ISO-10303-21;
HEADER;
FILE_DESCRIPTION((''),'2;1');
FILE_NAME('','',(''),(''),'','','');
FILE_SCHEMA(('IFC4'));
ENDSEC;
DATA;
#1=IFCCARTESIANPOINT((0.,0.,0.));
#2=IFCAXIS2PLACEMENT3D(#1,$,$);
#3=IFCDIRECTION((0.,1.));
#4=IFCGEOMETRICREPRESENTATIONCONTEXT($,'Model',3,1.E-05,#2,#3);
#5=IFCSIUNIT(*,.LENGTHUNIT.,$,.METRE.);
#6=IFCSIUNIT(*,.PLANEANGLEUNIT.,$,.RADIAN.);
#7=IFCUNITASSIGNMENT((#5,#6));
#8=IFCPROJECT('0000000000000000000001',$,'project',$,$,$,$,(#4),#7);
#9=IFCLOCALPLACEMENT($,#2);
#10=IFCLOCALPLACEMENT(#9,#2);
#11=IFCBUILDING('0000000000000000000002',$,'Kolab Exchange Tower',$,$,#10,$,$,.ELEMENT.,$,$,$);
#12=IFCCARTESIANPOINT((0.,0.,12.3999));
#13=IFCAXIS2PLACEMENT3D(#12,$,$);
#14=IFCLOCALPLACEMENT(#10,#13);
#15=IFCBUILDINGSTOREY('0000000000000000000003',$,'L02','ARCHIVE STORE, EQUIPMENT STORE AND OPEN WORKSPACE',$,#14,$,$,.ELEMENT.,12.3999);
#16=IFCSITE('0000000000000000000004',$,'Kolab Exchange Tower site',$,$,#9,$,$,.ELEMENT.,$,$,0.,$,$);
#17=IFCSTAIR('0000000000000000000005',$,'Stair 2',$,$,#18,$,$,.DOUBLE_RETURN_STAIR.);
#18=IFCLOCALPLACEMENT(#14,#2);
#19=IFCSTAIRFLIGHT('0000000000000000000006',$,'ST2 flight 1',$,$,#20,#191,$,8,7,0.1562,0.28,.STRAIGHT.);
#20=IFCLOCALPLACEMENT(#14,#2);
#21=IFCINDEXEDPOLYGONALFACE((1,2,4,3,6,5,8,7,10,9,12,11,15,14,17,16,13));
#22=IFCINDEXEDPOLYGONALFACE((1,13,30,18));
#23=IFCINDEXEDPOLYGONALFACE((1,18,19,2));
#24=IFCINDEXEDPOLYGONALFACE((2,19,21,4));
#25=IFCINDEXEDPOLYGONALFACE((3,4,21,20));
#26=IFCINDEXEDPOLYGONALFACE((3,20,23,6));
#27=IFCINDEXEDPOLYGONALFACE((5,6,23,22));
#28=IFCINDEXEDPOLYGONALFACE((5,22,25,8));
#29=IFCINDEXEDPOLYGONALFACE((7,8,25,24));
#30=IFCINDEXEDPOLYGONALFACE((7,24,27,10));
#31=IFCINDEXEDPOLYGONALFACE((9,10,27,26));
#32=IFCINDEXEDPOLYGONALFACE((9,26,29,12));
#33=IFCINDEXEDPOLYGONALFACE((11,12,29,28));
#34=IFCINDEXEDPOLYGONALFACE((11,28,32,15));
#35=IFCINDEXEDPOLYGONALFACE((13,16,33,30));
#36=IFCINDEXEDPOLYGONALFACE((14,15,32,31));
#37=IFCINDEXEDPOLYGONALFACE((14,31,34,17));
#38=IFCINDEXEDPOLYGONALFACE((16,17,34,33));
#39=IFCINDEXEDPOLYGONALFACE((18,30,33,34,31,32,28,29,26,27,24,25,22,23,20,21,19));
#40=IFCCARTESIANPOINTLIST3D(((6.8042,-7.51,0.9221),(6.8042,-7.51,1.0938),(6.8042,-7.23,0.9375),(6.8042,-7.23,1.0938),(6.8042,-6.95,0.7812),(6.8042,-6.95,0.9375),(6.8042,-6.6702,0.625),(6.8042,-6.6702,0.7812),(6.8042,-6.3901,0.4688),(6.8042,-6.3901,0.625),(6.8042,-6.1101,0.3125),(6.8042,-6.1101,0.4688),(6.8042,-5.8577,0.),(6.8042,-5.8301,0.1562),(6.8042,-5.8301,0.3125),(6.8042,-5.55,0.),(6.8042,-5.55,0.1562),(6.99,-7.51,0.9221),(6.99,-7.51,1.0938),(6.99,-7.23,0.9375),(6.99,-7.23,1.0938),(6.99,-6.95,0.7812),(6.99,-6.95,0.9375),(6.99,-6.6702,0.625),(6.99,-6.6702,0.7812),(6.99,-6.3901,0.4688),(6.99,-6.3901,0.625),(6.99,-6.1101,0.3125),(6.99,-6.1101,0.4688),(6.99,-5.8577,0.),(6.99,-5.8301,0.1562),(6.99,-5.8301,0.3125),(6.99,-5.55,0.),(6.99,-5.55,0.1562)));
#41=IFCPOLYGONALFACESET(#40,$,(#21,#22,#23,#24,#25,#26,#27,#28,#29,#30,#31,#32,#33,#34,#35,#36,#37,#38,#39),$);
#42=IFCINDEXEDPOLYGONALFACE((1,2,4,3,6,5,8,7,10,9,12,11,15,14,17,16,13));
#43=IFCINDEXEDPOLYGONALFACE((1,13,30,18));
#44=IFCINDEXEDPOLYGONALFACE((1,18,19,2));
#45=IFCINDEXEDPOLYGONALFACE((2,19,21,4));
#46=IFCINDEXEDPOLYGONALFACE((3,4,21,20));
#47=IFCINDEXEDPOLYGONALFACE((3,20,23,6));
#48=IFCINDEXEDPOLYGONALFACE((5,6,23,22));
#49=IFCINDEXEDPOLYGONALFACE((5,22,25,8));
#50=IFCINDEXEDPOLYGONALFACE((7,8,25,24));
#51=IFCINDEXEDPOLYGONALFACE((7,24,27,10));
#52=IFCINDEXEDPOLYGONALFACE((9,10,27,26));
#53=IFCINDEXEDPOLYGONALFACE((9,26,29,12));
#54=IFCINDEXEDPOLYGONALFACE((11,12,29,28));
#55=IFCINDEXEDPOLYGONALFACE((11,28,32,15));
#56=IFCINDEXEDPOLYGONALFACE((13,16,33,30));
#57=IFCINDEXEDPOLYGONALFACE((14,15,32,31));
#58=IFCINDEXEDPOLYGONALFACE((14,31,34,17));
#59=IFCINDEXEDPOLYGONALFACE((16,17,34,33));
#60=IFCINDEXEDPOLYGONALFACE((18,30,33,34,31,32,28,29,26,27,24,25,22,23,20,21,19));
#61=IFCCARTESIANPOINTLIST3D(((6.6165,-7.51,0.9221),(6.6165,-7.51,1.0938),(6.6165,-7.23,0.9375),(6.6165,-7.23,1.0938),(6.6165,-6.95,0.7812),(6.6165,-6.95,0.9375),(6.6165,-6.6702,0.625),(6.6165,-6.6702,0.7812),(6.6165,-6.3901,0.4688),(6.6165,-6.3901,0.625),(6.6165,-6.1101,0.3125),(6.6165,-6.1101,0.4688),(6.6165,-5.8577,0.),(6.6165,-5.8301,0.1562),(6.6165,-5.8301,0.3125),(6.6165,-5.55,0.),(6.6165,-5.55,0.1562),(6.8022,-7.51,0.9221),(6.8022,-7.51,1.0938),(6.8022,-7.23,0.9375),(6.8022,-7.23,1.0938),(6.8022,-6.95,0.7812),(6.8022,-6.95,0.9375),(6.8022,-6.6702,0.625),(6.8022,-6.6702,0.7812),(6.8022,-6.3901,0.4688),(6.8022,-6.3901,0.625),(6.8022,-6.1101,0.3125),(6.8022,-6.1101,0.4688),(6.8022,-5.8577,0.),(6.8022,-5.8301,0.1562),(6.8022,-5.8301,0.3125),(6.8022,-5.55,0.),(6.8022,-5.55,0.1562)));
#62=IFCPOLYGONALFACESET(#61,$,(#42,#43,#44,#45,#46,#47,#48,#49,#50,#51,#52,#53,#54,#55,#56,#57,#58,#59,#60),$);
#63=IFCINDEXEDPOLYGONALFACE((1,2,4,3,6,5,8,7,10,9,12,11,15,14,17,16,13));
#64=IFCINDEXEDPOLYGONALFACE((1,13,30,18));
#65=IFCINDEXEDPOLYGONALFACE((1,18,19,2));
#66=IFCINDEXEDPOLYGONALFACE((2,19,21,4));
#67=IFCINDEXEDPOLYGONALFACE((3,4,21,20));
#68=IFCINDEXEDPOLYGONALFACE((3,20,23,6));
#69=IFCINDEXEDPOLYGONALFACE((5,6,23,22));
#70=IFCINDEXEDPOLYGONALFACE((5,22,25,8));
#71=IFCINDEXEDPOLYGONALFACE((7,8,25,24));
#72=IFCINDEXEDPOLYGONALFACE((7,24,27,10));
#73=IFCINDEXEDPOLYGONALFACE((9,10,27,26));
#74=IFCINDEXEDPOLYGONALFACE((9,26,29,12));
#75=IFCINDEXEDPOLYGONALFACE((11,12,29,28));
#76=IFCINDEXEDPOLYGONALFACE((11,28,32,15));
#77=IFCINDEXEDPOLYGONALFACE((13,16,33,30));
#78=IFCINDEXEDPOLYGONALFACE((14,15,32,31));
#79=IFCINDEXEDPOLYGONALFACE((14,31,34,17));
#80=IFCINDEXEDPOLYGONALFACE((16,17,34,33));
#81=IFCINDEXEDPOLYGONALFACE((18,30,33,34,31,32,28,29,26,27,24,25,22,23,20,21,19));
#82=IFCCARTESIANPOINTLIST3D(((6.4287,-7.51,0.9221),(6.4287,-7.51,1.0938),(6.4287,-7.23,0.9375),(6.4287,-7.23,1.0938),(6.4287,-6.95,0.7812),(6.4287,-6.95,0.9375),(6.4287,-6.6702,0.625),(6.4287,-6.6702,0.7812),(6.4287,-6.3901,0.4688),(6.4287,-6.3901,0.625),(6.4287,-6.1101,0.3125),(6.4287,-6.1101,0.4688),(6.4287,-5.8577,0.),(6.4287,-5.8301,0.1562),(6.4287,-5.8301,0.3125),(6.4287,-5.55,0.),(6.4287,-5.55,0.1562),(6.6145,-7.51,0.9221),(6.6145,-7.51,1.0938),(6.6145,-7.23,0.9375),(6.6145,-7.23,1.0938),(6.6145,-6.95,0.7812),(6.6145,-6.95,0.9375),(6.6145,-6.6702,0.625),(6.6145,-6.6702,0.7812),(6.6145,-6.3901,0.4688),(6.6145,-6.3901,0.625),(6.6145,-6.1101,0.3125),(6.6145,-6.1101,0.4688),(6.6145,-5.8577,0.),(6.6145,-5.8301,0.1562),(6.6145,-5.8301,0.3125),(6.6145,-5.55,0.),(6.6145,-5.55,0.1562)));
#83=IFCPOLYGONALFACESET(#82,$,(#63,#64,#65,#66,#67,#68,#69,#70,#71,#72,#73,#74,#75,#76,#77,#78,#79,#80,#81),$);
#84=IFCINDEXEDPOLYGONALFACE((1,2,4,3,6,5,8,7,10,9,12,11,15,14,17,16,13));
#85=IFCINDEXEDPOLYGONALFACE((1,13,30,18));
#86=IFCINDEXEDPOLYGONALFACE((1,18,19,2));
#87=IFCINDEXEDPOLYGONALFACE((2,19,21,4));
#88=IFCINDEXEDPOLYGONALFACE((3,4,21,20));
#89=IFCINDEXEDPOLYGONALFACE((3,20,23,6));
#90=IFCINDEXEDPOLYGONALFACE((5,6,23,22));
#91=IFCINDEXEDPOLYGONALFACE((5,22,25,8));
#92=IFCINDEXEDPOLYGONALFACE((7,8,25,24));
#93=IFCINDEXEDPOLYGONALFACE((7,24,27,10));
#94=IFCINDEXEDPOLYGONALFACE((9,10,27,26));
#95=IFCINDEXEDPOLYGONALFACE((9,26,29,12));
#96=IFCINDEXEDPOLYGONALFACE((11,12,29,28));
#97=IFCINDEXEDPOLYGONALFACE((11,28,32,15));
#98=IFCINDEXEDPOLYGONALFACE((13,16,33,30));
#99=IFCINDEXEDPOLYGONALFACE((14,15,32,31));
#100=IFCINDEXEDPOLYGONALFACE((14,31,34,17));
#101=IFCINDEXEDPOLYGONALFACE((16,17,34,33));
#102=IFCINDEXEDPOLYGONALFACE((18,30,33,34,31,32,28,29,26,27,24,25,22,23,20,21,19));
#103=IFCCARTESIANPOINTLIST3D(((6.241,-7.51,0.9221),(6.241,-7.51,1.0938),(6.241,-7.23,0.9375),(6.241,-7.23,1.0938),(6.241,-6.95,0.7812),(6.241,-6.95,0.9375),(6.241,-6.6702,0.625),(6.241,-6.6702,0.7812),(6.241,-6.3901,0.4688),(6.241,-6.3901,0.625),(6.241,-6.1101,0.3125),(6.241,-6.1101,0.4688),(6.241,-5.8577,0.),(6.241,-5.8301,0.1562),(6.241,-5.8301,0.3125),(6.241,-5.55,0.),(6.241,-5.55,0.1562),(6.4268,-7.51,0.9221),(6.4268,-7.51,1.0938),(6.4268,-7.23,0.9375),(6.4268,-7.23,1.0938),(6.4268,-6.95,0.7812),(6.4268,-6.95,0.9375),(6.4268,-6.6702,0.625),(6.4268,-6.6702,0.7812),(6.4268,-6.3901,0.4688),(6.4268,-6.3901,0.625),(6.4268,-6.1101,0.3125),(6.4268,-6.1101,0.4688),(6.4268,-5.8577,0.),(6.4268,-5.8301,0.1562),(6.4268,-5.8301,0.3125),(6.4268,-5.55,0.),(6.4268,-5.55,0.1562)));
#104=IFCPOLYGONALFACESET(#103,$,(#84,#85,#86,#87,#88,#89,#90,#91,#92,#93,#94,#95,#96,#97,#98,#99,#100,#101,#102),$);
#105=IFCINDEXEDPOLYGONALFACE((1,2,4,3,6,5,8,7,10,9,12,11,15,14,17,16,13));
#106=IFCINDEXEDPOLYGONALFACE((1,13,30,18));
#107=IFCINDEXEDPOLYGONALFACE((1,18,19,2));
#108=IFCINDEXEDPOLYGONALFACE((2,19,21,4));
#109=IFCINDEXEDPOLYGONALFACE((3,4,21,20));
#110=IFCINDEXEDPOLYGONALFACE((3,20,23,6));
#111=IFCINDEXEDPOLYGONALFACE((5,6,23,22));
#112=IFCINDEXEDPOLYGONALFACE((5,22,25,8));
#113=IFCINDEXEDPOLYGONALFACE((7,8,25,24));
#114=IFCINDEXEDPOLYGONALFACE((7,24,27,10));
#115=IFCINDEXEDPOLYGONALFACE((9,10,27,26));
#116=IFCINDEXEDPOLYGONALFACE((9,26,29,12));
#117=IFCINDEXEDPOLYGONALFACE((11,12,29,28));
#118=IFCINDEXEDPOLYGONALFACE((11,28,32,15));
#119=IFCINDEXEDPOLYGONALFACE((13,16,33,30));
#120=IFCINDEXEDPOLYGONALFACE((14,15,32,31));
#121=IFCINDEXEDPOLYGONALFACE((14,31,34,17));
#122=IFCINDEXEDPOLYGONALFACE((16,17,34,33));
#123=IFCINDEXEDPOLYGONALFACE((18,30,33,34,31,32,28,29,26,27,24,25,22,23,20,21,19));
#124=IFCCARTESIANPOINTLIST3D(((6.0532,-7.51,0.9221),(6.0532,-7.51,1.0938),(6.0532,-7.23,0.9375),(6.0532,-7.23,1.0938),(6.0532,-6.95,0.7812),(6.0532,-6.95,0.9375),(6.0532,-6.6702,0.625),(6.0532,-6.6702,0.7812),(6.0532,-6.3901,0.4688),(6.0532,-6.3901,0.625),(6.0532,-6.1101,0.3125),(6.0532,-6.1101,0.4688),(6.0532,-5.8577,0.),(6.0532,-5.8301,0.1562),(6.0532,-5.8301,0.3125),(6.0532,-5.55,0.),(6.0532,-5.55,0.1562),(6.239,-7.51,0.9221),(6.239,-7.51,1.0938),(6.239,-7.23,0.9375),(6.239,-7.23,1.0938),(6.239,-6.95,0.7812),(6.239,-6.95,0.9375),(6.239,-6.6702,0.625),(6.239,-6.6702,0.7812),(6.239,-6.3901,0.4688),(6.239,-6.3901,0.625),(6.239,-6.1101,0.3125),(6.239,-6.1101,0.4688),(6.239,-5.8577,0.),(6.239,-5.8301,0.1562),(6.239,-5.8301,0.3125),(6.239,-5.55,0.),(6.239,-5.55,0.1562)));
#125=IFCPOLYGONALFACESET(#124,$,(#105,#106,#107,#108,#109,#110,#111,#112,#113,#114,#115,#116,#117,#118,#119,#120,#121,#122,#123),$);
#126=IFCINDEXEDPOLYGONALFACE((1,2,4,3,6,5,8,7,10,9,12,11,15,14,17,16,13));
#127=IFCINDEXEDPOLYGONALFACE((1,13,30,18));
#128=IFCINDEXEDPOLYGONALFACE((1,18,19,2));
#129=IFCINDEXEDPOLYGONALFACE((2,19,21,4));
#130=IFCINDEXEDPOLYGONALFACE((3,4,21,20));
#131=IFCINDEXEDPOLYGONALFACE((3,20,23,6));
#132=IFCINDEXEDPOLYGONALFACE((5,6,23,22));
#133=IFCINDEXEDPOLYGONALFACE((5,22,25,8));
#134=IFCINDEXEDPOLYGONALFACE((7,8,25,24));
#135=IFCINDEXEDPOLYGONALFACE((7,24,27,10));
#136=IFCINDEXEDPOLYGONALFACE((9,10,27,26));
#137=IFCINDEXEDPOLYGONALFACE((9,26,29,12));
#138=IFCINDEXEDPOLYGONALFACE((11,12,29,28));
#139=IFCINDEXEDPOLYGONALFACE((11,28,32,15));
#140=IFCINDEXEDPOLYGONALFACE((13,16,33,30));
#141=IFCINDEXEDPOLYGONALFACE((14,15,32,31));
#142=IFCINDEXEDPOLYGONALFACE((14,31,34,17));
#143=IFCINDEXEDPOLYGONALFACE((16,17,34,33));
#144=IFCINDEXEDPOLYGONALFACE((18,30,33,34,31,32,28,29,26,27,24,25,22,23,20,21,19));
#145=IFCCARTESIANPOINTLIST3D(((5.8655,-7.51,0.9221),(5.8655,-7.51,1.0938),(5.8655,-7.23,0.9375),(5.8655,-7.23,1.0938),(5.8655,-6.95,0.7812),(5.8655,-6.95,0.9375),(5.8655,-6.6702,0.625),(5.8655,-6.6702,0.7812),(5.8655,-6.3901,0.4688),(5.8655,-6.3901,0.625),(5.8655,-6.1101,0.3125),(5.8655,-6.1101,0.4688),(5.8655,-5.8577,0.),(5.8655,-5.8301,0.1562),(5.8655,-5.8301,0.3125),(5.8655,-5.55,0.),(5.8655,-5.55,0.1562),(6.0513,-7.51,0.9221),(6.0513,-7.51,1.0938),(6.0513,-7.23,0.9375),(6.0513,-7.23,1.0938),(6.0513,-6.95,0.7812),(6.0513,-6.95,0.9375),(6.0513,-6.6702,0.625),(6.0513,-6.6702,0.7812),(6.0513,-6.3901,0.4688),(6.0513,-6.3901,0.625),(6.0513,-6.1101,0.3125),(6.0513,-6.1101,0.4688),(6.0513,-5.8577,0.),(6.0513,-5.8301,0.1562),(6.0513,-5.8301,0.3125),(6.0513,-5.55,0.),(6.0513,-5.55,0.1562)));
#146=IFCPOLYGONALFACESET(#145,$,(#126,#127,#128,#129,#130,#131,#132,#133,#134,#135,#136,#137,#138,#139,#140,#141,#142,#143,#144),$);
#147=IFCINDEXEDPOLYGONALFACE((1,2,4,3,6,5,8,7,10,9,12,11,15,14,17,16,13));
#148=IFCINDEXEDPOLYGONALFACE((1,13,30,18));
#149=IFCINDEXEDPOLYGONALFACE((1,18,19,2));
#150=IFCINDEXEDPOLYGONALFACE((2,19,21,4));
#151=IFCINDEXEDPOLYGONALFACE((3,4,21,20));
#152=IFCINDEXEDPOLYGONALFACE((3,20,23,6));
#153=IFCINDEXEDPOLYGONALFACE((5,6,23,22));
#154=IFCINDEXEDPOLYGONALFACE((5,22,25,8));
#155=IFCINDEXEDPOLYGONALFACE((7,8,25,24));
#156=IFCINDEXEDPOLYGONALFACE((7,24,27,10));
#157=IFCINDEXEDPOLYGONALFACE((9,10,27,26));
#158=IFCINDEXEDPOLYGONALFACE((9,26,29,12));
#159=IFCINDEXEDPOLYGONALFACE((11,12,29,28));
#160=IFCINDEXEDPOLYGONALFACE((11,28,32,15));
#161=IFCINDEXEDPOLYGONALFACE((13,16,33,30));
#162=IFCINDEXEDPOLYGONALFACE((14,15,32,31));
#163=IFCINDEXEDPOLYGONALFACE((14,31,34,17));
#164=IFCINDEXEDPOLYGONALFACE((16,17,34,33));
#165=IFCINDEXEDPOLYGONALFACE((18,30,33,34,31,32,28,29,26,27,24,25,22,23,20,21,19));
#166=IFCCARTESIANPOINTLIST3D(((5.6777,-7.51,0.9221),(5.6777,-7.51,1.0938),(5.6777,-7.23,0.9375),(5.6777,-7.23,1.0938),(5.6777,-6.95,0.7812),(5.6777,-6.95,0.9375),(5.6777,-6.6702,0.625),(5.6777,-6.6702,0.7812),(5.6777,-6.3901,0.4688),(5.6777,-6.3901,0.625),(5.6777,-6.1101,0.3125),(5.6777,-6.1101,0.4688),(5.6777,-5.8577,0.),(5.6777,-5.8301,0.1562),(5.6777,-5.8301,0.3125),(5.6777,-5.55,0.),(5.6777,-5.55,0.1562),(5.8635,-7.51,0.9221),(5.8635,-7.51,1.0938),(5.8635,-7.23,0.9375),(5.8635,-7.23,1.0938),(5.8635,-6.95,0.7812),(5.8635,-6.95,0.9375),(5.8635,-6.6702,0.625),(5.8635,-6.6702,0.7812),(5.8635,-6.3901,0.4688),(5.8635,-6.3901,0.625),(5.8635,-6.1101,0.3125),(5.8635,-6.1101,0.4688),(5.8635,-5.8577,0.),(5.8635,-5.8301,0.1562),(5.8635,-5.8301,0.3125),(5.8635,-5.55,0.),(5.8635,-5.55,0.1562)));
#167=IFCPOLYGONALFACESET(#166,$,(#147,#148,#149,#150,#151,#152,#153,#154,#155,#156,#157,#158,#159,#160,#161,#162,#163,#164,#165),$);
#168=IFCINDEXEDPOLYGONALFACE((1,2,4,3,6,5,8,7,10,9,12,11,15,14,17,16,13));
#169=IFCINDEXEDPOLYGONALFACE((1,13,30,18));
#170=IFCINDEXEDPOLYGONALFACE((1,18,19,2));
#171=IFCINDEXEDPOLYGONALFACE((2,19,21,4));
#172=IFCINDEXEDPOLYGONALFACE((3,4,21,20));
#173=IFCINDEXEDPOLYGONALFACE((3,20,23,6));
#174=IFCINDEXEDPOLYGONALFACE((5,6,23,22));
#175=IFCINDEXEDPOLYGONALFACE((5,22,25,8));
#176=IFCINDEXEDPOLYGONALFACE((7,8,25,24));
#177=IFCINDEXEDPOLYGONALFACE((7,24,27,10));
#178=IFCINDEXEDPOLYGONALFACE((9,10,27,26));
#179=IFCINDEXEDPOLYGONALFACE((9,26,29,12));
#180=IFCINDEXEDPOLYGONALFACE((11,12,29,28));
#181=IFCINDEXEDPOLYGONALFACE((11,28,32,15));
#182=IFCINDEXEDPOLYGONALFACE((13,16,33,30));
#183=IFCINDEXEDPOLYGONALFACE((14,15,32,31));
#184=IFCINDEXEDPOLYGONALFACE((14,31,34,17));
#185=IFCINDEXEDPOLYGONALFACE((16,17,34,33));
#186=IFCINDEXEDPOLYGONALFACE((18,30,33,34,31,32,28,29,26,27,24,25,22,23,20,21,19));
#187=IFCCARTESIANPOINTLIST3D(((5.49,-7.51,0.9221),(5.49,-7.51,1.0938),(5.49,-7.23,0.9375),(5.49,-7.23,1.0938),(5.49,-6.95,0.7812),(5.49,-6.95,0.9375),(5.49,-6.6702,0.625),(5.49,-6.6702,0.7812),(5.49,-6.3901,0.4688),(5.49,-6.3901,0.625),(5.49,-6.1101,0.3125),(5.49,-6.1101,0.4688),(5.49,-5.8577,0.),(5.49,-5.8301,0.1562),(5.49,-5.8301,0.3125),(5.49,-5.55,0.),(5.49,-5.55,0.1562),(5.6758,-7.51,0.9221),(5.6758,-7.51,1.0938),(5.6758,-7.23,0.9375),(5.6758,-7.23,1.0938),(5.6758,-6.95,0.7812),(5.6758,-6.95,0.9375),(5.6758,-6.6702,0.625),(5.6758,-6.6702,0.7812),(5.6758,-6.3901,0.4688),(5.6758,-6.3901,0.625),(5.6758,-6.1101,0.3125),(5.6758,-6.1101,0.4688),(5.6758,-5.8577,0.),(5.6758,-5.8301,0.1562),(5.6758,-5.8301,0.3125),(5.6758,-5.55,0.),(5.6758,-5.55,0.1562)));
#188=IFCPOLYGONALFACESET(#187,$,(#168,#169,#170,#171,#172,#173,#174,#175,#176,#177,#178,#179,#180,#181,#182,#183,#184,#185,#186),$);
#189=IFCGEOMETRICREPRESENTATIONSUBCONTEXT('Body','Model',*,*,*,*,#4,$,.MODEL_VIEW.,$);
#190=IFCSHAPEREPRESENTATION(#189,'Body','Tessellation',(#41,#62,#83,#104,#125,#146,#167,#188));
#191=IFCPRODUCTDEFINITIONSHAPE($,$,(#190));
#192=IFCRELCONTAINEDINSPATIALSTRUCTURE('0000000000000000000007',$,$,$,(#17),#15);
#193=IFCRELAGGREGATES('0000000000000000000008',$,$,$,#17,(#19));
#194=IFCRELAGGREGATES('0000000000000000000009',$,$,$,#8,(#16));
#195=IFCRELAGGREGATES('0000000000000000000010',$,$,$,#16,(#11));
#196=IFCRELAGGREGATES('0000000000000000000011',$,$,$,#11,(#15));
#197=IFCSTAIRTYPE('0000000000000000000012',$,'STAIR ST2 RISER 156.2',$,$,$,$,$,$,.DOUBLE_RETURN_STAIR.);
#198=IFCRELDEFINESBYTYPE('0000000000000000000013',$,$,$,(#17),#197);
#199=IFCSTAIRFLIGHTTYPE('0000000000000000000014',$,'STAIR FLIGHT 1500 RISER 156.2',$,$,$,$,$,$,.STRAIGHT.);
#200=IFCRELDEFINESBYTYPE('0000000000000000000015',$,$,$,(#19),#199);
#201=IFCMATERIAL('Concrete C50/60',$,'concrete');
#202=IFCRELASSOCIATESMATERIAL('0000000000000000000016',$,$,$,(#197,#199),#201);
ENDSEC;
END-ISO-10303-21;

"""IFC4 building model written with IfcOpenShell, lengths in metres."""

from ifc_helpers import new_model, si_unit, direction, frame, origin, place, context, subcontext, project, spatial, polyline, outline, extrude, material, type_object, element, aggregate, save


model = new_model("IFC4")

# Units and contexts
model_context = context("Model", 3, precision=1e-05, world=origin(), true_north=direction((0.0, 1.0)))
body_context = subcontext(model_context, "Body", "Model", "MODEL_VIEW")
ifc_project = project(units=[si_unit("LENGTHUNIT", "METRE"), si_unit("PLANEANGLEUNIT", "RADIAN")], contexts=[model_context])

# Site, building, storey
site_placement = place(None, origin())
site = spatial("IfcSite", under=ifc_project, at=site_placement, Name="Kolab Exchange Tower site", CompositionType="ELEMENT", RefElevation=0.0)
building_placement = place(site_placement, origin())
building = spatial("IfcBuilding", under=site, at=building_placement, Name="Kolab Exchange Tower", CompositionType="ELEMENT")
storey_placement = place(building_placement, frame((0.0, 0.0, 12.3999)))
storey = spatial("IfcBuildingStorey", under=building, at=storey_placement, Name="L02", Description="ARCHIVE STORE, EQUIPMENT STORE AND OPEN WORKSPACE", CompositionType="ELEMENT", Elevation=12.3999)

# Shared definitions
ifc_material_1 = material(Name="Concrete C50/60", Category="concrete")

# Stair, stair flight
stair_type = type_object("IfcStairType", Name="STAIR ST2 RISER 156.2", PredefinedType="DOUBLE_RETURN_STAIR", material=ifc_material_1)
stair_placement = place(storey_placement, origin())
stair = element("IfcStair", 1, at=stair_placement, inside=storey, type_object=stair_type, Name="Stair 2", PredefinedType="DOUBLE_RETURN_STAIR")
stair_flight_type = type_object("IfcStairFlightType", Name="STAIR FLIGHT 1500 RISER 156.2", PredefinedType="STRAIGHT", material=ifc_material_1)
stair_flight_1_placement = place(storey_placement, frame((6.24, -5.55, 0.0), z_axis=(0.0, 0.0, 1.0), x_axis=(0.0, -1.0, 0.0)))
stair_flight_1 = element("IfcStairFlight", 2, at=stair_flight_1_placement, type_object=stair_flight_type, Name="ST2 flight 1", NumberOfRisers=8, NumberOfTreads=7, PredefinedType="STRAIGHT", RiserHeight=0.1562, TreadLength=0.28, context=body_context, shape_type="SweptSolid", body=[
    extrude(outline(polyline([(0.0, 0.0), (0.0, 0.1562), (0.28, 0.1562), (0.28, 0.3125), (0.5601, 0.3125), (0.5601, 0.4688), (0.8401, 0.4688), (0.8401, 0.625), (1.1201, 0.625), (1.1201, 0.7812), (1.3999, 0.7812), (1.3999, 0.9375), (1.6799, 0.9375), (1.6799, 1.0938), (1.96, 1.0938), (1.96, 1.25), (1.96, 0.9221), (0.3076, 0.0), (0.0, 0.0)])), frame((0.0, 0.75, 0.0), z_axis=(0.0, -1.0, 0.0), x_axis=(1.0, 0.0, 0.0)), (0.0, 0.0, 1.0), 0.1858),
    extrude(outline(polyline([(0.0, 0.0), (0.0, 0.1562), (0.28, 0.1562), (0.28, 0.3125), (0.5601, 0.3125), (0.5601, 0.4688), (0.8401, 0.4688), (0.8401, 0.625), (1.1201, 0.625), (1.1201, 0.7812), (1.3999, 0.7812), (1.3999, 0.9375), (1.6799, 0.9375), (1.6799, 1.0938), (1.96, 1.0938), (1.96, 1.25), (1.96, 0.9221), (0.3076, 0.0), (0.0, 0.0)])), frame((0.0, 0.5623, 0.0), z_axis=(0.0, -1.0, 0.0), x_axis=(1.0, 0.0, 0.0)), (0.0, 0.0, 1.0), 0.1858),
    extrude(outline(polyline([(0.0, 0.0), (0.0, 0.1562), (0.28, 0.1562), (0.28, 0.3125), (0.5601, 0.3125), (0.5601, 0.4688), (0.8401, 0.4688), (0.8401, 0.625), (1.1201, 0.625), (1.1201, 0.7812), (1.3999, 0.7812), (1.3999, 0.9375), (1.6799, 0.9375), (1.6799, 1.0938), (1.96, 1.0938), (1.96, 1.25), (1.96, 0.9221), (0.3076, 0.0), (0.0, 0.0)])), frame((0.0, 0.3745, 0.0), z_axis=(0.0, -1.0, 0.0), x_axis=(1.0, 0.0, 0.0)), (0.0, 0.0, 1.0), 0.1858),
    extrude(outline(polyline([(0.0, 0.0), (0.0, 0.1562), (0.28, 0.1562), (0.28, 0.3125), (0.5601, 0.3125), (0.5601, 0.4688), (0.8401, 0.4688), (0.8401, 0.625), (1.1201, 0.625), (1.1201, 0.7812), (1.3999, 0.7812), (1.3999, 0.9375), (1.6799, 0.9375), (1.6799, 1.0938), (1.96, 1.0938), (1.96, 1.25), (1.96, 0.9221), (0.3076, 0.0), (0.0, 0.0)])), frame((0.0, 0.1868, 0.0), z_axis=(0.0, -1.0, 0.0), x_axis=(1.0, 0.0, 0.0)), (0.0, 0.0, 1.0), 0.1858),
    extrude(outline(polyline([(0.0, 0.0), (0.0, 0.1562), (0.28, 0.1562), (0.28, 0.3125), (0.5601, 0.3125), (0.5601, 0.4688), (0.8401, 0.4688), (0.8401, 0.625), (1.1201, 0.625), (1.1201, 0.7812), (1.3999, 0.7812), (1.3999, 0.9375), (1.6799, 0.9375), (1.6799, 1.0938), (1.96, 1.0938), (1.96, 1.25), (1.96, 0.9221), (0.3076, 0.0), (0.0, 0.0)])), frame((0.0, -0.001, 0.0), z_axis=(0.0, -1.0, 0.0), x_axis=(1.0, 0.0, 0.0)), (0.0, 0.0, 1.0), 0.1858),
    extrude(outline(polyline([(0.0, 0.0), (0.0, 0.1562), (0.28, 0.1562), (0.28, 0.3125), (0.5601, 0.3125), (0.5601, 0.4688), (0.8401, 0.4688), (0.8401, 0.625), (1.1201, 0.625), (1.1201, 0.7812), (1.3999, 0.7812), (1.3999, 0.9375), (1.6799, 0.9375), (1.6799, 1.0938), (1.96, 1.0938), (1.96, 1.25), (1.96, 0.9221), (0.3076, 0.0), (0.0, 0.0)])), frame((0.0, -0.1887, 0.0), z_axis=(0.0, -1.0, 0.0), x_axis=(1.0, 0.0, 0.0)), (0.0, 0.0, 1.0), 0.1858),
    extrude(outline(polyline([(0.0, 0.0), (0.0, 0.1562), (0.28, 0.1562), (0.28, 0.3125), (0.5601, 0.3125), (0.5601, 0.4688), (0.8401, 0.4688), (0.8401, 0.625), (1.1201, 0.625), (1.1201, 0.7812), (1.3999, 0.7812), (1.3999, 0.9375), (1.6799, 0.9375), (1.6799, 1.0938), (1.96, 1.0938), (1.96, 1.25), (1.96, 0.9221), (0.3076, 0.0), (0.0, 0.0)])), frame((0.0, -0.3765, 0.0), z_axis=(0.0, -1.0, 0.0), x_axis=(1.0, 0.0, 0.0)), (0.0, 0.0, 1.0), 0.1858),
    extrude(outline(polyline([(0.0, 0.0), (0.0, 0.1562), (0.28, 0.1562), (0.28, 0.3125), (0.5601, 0.3125), (0.5601, 0.4688), (0.8401, 0.4688), (0.8401, 0.625), (1.1201, 0.625), (1.1201, 0.7812), (1.3999, 0.7812), (1.3999, 0.9375), (1.6799, 0.9375), (1.6799, 1.0938), (1.96, 1.0938), (1.96, 1.25), (1.96, 0.9221), (0.3076, 0.0), (0.0, 0.0)])), frame((0.0, -0.5642, 0.0), z_axis=(0.0, -1.0, 0.0), x_axis=(1.0, 0.0, 0.0)), (0.0, 0.0, 1.0), 0.1858),
])
aggregate(stair, [stair_flight_1])

save(model, "model.ifc")
